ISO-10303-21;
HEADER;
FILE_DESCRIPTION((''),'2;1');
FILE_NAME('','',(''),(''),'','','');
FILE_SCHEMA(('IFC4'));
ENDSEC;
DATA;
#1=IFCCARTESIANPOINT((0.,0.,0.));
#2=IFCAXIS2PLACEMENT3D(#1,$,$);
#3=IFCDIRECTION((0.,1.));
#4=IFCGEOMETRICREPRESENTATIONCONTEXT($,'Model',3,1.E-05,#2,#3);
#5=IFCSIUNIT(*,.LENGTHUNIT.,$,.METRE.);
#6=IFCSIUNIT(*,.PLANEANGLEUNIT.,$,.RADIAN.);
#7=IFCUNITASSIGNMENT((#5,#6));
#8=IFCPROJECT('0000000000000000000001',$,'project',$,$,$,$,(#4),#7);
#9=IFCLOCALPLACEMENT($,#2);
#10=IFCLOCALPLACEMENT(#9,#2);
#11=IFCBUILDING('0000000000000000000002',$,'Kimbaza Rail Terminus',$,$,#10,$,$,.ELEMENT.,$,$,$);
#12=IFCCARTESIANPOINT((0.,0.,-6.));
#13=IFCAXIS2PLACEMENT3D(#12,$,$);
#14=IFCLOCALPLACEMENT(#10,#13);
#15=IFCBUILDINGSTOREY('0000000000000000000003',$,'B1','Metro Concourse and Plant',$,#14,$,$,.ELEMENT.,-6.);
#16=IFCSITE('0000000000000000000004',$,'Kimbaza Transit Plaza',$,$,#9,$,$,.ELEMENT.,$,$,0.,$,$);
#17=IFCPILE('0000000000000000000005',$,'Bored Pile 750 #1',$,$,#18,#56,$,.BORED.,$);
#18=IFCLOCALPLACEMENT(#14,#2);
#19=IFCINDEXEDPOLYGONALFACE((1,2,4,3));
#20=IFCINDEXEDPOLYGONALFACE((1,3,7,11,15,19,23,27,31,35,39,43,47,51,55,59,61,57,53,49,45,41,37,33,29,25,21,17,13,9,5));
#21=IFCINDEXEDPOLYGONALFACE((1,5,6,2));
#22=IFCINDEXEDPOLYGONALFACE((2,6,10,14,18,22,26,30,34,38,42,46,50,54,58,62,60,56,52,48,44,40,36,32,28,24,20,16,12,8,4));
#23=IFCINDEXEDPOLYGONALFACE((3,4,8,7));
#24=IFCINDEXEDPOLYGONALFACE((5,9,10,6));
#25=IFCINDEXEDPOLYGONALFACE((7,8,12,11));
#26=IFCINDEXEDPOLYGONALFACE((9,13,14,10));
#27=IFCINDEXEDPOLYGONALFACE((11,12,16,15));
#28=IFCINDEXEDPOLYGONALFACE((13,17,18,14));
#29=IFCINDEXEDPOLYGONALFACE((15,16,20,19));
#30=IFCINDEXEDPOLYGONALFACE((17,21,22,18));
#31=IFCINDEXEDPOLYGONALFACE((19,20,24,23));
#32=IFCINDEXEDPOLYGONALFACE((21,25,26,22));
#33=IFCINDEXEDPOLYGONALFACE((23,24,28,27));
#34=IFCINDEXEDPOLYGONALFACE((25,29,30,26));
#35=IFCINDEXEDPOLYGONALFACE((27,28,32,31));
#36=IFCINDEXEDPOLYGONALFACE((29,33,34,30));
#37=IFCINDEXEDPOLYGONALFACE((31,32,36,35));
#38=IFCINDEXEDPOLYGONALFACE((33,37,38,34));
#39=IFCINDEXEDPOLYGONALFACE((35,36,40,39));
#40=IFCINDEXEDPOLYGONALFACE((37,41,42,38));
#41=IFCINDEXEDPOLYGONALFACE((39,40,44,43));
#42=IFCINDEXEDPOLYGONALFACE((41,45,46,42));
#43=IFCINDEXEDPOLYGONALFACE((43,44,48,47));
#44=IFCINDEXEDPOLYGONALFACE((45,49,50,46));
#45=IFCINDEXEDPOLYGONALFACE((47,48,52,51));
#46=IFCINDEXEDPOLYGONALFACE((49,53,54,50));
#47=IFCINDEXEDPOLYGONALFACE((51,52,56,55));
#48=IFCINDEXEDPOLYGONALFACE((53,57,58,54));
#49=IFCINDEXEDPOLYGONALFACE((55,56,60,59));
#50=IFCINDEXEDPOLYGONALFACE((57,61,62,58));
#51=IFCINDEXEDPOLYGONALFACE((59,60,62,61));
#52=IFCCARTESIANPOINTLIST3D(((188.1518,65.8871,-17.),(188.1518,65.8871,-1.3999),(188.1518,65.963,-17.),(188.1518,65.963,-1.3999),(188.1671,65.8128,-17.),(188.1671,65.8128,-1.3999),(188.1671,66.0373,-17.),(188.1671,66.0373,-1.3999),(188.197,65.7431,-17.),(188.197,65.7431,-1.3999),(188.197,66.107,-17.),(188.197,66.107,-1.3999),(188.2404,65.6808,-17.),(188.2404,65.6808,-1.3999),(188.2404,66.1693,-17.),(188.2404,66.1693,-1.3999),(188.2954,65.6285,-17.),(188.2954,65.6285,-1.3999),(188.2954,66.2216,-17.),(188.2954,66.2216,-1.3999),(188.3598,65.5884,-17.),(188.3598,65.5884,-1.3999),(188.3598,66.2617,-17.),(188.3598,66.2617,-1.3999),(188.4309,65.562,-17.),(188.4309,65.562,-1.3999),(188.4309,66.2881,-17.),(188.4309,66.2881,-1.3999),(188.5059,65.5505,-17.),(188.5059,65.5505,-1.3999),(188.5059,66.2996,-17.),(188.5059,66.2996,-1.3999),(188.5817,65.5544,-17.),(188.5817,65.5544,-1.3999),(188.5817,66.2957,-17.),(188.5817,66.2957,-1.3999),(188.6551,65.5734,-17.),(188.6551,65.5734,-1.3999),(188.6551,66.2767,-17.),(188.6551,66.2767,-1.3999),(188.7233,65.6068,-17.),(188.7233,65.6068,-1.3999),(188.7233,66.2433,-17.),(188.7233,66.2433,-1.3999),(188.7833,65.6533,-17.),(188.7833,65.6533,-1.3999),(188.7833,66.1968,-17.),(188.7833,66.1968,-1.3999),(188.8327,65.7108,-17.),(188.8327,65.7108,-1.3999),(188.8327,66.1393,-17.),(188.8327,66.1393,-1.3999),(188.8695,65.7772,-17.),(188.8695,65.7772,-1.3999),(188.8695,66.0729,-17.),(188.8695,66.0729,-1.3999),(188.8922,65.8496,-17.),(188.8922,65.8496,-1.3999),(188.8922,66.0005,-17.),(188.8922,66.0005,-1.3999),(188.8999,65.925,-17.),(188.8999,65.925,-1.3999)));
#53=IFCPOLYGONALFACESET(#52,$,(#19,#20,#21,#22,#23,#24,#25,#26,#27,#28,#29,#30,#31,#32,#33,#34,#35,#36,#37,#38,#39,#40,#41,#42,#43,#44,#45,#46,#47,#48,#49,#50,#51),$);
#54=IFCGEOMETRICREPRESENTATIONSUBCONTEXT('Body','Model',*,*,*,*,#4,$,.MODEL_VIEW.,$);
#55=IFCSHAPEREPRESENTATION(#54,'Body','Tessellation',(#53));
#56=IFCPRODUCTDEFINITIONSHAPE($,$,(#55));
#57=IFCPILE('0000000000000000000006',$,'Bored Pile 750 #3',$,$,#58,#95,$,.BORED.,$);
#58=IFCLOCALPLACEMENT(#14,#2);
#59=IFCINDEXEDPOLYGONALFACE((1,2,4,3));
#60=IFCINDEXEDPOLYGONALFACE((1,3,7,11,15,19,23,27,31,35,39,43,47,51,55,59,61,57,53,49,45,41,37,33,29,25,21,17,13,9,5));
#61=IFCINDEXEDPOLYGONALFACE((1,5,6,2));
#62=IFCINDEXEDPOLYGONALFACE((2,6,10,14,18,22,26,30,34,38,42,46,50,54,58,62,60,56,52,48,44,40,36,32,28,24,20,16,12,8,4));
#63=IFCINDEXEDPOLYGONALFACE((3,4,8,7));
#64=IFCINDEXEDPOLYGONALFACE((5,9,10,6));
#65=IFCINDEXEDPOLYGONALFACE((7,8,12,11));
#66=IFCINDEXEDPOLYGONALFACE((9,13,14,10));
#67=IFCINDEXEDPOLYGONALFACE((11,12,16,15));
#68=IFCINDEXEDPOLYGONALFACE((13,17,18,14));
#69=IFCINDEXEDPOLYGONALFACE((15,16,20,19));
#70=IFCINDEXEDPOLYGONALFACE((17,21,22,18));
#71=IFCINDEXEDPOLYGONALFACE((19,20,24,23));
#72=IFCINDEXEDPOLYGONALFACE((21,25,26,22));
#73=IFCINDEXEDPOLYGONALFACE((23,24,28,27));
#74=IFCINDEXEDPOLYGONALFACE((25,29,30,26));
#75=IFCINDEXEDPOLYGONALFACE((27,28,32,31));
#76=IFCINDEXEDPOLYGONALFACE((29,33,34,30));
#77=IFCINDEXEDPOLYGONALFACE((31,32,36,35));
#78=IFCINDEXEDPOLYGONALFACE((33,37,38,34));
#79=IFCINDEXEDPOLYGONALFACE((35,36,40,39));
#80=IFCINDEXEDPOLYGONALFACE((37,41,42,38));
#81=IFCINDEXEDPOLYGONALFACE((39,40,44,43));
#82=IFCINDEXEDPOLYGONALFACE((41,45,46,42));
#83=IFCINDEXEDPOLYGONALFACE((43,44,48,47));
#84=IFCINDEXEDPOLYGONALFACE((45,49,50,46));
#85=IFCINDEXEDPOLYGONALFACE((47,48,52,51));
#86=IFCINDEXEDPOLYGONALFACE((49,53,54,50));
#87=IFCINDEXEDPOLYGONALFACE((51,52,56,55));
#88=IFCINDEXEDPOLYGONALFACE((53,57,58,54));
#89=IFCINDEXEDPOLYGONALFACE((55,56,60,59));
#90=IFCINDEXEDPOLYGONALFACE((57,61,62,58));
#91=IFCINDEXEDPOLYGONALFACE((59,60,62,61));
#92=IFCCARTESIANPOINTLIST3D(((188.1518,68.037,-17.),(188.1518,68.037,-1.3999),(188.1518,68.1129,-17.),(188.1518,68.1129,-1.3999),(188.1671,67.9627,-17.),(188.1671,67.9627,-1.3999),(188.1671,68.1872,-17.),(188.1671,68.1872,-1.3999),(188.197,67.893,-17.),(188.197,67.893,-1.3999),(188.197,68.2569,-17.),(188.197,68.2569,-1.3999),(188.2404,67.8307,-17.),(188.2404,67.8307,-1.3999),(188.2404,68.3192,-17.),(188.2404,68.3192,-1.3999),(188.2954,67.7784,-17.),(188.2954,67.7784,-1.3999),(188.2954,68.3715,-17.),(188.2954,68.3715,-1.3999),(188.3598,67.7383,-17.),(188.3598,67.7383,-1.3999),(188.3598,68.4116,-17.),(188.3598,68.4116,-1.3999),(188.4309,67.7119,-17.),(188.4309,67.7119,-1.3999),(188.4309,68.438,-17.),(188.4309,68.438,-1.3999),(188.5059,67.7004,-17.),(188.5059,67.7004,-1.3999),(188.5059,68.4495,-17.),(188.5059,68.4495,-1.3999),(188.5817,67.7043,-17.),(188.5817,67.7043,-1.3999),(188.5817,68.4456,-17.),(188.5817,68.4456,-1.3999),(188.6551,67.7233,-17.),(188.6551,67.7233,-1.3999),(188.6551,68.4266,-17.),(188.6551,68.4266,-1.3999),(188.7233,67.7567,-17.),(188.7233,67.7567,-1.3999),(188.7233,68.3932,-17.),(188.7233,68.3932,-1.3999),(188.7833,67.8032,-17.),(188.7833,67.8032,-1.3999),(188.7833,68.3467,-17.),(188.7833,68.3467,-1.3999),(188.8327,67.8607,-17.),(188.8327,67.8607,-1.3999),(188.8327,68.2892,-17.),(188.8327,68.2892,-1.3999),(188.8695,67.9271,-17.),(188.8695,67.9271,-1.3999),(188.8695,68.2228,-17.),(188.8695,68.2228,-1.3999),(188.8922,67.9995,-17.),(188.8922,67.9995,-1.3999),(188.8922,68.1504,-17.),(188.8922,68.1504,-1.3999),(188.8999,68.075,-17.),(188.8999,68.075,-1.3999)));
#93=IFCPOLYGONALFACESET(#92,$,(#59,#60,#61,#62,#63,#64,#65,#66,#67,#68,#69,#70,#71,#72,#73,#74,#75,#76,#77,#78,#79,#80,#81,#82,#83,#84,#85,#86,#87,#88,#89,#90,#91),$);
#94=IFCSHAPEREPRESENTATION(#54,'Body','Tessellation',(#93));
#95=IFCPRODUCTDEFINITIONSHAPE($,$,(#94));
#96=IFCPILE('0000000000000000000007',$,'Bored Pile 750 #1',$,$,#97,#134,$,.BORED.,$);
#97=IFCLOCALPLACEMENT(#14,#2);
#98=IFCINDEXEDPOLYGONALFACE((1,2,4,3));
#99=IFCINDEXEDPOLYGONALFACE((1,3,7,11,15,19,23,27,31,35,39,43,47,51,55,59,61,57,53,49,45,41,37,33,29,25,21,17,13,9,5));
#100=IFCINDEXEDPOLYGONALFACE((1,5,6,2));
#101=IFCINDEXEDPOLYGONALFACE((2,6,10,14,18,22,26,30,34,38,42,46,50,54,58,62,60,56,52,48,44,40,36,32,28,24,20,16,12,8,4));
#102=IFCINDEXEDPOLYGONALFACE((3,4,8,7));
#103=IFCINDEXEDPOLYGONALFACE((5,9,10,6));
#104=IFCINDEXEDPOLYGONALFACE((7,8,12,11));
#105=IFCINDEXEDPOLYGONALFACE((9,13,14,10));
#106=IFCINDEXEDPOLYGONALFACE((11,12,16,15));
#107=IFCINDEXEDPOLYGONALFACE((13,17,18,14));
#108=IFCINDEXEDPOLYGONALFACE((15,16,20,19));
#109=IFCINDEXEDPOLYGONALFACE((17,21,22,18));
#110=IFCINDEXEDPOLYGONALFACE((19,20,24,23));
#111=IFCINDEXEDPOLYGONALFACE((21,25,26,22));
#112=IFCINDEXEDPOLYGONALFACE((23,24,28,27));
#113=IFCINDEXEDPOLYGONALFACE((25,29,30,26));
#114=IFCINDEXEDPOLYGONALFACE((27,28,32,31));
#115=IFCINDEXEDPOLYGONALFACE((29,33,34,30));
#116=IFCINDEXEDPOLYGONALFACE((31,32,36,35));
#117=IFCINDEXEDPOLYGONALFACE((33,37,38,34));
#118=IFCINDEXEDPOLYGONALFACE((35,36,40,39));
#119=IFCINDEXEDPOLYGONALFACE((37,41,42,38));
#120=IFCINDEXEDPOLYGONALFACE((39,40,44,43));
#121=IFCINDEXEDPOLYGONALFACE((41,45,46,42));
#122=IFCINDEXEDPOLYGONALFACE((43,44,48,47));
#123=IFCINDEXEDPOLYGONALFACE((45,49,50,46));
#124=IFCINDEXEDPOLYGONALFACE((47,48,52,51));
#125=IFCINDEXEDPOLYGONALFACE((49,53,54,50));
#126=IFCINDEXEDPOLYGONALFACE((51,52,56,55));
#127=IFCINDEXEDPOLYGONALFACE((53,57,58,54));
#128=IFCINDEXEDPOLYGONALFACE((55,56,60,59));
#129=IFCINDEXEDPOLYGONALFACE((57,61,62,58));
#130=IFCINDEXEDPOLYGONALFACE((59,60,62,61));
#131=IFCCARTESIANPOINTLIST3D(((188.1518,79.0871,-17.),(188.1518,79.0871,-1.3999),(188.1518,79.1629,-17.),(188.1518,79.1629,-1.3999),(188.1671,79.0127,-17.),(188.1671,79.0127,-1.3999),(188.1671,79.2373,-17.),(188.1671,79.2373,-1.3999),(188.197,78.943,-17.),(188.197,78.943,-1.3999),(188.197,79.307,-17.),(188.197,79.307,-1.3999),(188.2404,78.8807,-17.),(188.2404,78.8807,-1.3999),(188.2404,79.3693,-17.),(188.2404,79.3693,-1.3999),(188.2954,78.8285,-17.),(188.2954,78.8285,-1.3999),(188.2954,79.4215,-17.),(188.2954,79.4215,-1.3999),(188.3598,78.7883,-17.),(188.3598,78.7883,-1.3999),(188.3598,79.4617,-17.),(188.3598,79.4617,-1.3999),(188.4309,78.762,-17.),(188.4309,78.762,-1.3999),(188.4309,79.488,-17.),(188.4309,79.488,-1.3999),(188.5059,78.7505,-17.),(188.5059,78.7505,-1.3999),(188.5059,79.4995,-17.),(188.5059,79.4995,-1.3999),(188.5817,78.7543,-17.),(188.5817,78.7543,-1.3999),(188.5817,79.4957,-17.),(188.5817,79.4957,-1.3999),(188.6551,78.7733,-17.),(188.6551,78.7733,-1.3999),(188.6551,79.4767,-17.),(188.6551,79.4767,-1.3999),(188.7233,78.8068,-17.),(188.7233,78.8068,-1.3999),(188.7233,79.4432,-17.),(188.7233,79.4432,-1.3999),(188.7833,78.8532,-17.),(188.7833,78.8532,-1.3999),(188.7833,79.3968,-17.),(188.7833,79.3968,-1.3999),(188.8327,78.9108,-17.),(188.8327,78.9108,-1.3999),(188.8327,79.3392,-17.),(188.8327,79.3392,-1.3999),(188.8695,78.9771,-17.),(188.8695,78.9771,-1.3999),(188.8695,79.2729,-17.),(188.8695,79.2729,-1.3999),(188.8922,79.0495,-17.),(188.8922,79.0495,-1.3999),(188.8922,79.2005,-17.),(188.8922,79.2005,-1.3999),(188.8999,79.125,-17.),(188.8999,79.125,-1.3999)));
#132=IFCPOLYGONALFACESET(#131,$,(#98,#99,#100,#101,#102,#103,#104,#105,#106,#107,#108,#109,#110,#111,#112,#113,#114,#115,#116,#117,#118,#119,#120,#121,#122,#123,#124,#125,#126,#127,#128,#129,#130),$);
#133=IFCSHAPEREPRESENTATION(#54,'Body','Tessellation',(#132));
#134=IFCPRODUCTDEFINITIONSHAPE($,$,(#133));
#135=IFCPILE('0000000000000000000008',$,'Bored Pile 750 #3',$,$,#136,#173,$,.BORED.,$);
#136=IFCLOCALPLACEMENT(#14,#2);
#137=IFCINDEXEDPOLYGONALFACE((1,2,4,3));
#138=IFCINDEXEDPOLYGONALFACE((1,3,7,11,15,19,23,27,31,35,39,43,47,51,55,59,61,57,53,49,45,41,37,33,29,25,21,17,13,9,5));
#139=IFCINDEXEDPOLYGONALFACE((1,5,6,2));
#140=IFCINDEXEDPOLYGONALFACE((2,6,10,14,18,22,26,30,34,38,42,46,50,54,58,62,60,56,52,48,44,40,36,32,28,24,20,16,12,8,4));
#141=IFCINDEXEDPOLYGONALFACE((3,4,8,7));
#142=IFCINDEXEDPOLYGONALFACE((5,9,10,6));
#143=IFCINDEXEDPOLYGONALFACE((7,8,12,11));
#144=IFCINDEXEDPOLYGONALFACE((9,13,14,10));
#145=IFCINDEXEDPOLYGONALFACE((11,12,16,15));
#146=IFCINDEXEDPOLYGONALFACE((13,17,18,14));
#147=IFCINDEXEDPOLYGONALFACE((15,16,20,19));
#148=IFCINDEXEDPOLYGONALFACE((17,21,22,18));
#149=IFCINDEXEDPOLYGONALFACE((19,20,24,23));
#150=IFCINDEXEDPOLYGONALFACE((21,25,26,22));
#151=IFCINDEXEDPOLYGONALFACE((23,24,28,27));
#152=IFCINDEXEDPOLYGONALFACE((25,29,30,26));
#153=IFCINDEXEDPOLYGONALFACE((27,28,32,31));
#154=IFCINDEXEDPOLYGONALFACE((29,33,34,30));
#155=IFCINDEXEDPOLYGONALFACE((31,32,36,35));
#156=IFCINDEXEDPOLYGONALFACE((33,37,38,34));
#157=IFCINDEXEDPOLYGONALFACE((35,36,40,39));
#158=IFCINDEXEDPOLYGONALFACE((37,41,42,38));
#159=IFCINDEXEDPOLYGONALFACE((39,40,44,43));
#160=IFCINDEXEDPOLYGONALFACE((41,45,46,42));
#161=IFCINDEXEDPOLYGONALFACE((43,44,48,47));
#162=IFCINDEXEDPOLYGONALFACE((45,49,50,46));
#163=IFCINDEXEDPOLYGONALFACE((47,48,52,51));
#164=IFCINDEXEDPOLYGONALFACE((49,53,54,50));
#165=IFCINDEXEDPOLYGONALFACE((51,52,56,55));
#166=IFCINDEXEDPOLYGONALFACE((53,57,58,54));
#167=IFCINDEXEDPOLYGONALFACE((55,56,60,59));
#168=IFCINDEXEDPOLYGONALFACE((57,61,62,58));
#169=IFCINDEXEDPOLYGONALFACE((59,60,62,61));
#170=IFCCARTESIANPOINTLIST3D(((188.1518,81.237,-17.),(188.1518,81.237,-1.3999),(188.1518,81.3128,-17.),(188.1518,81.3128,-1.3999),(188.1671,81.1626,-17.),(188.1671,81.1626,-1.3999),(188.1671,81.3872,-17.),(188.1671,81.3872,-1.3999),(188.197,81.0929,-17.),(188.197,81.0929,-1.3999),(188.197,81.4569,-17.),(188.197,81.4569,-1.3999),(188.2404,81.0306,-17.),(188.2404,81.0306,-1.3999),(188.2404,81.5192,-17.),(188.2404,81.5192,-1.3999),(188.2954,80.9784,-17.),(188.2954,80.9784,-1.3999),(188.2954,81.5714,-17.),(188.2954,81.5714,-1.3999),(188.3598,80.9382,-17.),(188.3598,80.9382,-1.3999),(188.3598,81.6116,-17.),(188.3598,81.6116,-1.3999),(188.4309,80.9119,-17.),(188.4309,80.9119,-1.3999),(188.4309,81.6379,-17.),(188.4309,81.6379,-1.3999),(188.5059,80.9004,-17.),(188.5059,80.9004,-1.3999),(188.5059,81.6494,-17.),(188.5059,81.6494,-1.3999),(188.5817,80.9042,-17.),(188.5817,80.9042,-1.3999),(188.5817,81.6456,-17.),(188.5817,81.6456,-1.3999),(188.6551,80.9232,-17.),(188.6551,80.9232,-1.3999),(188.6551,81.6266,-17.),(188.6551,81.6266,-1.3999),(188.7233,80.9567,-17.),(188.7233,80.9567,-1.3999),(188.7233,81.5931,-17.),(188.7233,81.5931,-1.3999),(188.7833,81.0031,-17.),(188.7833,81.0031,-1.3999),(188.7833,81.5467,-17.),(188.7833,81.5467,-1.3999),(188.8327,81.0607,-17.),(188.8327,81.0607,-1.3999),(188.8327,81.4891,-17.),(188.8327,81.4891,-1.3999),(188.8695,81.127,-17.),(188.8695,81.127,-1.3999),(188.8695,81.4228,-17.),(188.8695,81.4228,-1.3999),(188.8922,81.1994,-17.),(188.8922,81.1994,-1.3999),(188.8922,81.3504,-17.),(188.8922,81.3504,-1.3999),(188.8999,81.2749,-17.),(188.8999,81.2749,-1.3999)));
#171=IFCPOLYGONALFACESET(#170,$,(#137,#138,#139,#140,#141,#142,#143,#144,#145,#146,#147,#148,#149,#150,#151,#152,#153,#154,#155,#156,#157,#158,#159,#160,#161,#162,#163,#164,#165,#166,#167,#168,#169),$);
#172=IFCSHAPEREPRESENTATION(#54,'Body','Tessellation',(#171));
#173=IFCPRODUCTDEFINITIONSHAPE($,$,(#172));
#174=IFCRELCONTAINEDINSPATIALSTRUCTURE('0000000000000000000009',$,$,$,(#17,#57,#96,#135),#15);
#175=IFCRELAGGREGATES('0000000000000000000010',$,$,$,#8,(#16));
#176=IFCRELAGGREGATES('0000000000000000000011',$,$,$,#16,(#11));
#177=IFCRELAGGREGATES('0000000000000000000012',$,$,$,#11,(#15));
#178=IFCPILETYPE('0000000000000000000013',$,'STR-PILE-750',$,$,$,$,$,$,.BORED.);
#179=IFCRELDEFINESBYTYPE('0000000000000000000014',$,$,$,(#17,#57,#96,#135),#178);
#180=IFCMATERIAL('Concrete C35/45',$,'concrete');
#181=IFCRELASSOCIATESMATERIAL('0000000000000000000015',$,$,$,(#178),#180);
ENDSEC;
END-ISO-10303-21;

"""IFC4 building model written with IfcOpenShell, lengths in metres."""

from ifc_helpers import new_model, si_unit, direction, frame, origin, origin_2d, place, context, subcontext, project, spatial, circle, extrude, material, material_profile, profile_set, type_object, element, save


model = new_model("IFC4")

# Units and contexts
model_context = context("Model", 3, precision=1e-05, world=origin(), true_north=direction((0.0, 1.0)))
body_context = subcontext(model_context, "Body", "Model", "MODEL_VIEW")
ifc_project = project(units=[si_unit("LENGTHUNIT", "METRE"), si_unit("PLANEANGLEUNIT", "RADIAN")], contexts=[model_context])

# Site, building, storey
site_placement = place(None, origin())
site = spatial("IfcSite", under=ifc_project, at=site_placement, Name="Kimbaza Transit Plaza", CompositionType="ELEMENT", RefElevation=0.0)
building_placement = place(site_placement, origin())
building = spatial("IfcBuilding", under=site, at=building_placement, Name="Kimbaza Rail Terminus", CompositionType="ELEMENT")
storey_placement = place(building_placement, frame((0.0, 0.0, -6.0)))
storey = spatial("IfcBuildingStorey", under=building, at=storey_placement, Name="B1", Description="Metro Concourse and Plant", CompositionType="ELEMENT", Elevation=-6.0)

# Piles
ifc_material_1 = material(Name="Concrete C35/45", Category="concrete")
ifc_material_profile_1 = material_profile(ifc_material_1, circle(Radius=0.375, at=origin_2d()), Name="BORED PILE 750")
ifc_profile_set_1 = profile_set([ifc_material_profile_1], Name="Concrete C35/45")
pile_type_1 = type_object("IfcPileType", Name="STR-PILE-750", PredefinedType="BORED", material=ifc_profile_set_1)
for number, where, z_axis, x_axis, name in (
    (1, (188.5249, 65.925, -1.3999), (0.0, 0.0, -1.0), (1.0, 0.0, 0.0), "Bored Pile 750 #1"),
    (2, (188.5249, 68.075, -1.3999), (0.0, 0.0, -1.0), (1.0, 0.0, 0.0), "Bored Pile 750 #3"),
    (3, (188.5249, 79.125, -1.3999), (0.0, 0.0, -1.0), (1.0, 0.0, 0.0), "Bored Pile 750 #1"),
    (4, (188.5249, 81.2749, -1.3999), (0.0, 0.0, -1.0), (1.0, 0.0, 0.0), "Bored Pile 750 #3"),
):
    element("IfcPile", number, at=place(storey_placement, frame(where, z_axis=z_axis, x_axis=x_axis)), inside=storey, type_object=pile_type_1, Name=name, PredefinedType="BORED", context=body_context, shape_type="SweptSolid", body=[
        extrude(circle(Radius=0.375, at=origin_2d()), origin(), (0.0, 0.0, 1.0), 15.6001),
    ])

save(model, "model.ifc")
